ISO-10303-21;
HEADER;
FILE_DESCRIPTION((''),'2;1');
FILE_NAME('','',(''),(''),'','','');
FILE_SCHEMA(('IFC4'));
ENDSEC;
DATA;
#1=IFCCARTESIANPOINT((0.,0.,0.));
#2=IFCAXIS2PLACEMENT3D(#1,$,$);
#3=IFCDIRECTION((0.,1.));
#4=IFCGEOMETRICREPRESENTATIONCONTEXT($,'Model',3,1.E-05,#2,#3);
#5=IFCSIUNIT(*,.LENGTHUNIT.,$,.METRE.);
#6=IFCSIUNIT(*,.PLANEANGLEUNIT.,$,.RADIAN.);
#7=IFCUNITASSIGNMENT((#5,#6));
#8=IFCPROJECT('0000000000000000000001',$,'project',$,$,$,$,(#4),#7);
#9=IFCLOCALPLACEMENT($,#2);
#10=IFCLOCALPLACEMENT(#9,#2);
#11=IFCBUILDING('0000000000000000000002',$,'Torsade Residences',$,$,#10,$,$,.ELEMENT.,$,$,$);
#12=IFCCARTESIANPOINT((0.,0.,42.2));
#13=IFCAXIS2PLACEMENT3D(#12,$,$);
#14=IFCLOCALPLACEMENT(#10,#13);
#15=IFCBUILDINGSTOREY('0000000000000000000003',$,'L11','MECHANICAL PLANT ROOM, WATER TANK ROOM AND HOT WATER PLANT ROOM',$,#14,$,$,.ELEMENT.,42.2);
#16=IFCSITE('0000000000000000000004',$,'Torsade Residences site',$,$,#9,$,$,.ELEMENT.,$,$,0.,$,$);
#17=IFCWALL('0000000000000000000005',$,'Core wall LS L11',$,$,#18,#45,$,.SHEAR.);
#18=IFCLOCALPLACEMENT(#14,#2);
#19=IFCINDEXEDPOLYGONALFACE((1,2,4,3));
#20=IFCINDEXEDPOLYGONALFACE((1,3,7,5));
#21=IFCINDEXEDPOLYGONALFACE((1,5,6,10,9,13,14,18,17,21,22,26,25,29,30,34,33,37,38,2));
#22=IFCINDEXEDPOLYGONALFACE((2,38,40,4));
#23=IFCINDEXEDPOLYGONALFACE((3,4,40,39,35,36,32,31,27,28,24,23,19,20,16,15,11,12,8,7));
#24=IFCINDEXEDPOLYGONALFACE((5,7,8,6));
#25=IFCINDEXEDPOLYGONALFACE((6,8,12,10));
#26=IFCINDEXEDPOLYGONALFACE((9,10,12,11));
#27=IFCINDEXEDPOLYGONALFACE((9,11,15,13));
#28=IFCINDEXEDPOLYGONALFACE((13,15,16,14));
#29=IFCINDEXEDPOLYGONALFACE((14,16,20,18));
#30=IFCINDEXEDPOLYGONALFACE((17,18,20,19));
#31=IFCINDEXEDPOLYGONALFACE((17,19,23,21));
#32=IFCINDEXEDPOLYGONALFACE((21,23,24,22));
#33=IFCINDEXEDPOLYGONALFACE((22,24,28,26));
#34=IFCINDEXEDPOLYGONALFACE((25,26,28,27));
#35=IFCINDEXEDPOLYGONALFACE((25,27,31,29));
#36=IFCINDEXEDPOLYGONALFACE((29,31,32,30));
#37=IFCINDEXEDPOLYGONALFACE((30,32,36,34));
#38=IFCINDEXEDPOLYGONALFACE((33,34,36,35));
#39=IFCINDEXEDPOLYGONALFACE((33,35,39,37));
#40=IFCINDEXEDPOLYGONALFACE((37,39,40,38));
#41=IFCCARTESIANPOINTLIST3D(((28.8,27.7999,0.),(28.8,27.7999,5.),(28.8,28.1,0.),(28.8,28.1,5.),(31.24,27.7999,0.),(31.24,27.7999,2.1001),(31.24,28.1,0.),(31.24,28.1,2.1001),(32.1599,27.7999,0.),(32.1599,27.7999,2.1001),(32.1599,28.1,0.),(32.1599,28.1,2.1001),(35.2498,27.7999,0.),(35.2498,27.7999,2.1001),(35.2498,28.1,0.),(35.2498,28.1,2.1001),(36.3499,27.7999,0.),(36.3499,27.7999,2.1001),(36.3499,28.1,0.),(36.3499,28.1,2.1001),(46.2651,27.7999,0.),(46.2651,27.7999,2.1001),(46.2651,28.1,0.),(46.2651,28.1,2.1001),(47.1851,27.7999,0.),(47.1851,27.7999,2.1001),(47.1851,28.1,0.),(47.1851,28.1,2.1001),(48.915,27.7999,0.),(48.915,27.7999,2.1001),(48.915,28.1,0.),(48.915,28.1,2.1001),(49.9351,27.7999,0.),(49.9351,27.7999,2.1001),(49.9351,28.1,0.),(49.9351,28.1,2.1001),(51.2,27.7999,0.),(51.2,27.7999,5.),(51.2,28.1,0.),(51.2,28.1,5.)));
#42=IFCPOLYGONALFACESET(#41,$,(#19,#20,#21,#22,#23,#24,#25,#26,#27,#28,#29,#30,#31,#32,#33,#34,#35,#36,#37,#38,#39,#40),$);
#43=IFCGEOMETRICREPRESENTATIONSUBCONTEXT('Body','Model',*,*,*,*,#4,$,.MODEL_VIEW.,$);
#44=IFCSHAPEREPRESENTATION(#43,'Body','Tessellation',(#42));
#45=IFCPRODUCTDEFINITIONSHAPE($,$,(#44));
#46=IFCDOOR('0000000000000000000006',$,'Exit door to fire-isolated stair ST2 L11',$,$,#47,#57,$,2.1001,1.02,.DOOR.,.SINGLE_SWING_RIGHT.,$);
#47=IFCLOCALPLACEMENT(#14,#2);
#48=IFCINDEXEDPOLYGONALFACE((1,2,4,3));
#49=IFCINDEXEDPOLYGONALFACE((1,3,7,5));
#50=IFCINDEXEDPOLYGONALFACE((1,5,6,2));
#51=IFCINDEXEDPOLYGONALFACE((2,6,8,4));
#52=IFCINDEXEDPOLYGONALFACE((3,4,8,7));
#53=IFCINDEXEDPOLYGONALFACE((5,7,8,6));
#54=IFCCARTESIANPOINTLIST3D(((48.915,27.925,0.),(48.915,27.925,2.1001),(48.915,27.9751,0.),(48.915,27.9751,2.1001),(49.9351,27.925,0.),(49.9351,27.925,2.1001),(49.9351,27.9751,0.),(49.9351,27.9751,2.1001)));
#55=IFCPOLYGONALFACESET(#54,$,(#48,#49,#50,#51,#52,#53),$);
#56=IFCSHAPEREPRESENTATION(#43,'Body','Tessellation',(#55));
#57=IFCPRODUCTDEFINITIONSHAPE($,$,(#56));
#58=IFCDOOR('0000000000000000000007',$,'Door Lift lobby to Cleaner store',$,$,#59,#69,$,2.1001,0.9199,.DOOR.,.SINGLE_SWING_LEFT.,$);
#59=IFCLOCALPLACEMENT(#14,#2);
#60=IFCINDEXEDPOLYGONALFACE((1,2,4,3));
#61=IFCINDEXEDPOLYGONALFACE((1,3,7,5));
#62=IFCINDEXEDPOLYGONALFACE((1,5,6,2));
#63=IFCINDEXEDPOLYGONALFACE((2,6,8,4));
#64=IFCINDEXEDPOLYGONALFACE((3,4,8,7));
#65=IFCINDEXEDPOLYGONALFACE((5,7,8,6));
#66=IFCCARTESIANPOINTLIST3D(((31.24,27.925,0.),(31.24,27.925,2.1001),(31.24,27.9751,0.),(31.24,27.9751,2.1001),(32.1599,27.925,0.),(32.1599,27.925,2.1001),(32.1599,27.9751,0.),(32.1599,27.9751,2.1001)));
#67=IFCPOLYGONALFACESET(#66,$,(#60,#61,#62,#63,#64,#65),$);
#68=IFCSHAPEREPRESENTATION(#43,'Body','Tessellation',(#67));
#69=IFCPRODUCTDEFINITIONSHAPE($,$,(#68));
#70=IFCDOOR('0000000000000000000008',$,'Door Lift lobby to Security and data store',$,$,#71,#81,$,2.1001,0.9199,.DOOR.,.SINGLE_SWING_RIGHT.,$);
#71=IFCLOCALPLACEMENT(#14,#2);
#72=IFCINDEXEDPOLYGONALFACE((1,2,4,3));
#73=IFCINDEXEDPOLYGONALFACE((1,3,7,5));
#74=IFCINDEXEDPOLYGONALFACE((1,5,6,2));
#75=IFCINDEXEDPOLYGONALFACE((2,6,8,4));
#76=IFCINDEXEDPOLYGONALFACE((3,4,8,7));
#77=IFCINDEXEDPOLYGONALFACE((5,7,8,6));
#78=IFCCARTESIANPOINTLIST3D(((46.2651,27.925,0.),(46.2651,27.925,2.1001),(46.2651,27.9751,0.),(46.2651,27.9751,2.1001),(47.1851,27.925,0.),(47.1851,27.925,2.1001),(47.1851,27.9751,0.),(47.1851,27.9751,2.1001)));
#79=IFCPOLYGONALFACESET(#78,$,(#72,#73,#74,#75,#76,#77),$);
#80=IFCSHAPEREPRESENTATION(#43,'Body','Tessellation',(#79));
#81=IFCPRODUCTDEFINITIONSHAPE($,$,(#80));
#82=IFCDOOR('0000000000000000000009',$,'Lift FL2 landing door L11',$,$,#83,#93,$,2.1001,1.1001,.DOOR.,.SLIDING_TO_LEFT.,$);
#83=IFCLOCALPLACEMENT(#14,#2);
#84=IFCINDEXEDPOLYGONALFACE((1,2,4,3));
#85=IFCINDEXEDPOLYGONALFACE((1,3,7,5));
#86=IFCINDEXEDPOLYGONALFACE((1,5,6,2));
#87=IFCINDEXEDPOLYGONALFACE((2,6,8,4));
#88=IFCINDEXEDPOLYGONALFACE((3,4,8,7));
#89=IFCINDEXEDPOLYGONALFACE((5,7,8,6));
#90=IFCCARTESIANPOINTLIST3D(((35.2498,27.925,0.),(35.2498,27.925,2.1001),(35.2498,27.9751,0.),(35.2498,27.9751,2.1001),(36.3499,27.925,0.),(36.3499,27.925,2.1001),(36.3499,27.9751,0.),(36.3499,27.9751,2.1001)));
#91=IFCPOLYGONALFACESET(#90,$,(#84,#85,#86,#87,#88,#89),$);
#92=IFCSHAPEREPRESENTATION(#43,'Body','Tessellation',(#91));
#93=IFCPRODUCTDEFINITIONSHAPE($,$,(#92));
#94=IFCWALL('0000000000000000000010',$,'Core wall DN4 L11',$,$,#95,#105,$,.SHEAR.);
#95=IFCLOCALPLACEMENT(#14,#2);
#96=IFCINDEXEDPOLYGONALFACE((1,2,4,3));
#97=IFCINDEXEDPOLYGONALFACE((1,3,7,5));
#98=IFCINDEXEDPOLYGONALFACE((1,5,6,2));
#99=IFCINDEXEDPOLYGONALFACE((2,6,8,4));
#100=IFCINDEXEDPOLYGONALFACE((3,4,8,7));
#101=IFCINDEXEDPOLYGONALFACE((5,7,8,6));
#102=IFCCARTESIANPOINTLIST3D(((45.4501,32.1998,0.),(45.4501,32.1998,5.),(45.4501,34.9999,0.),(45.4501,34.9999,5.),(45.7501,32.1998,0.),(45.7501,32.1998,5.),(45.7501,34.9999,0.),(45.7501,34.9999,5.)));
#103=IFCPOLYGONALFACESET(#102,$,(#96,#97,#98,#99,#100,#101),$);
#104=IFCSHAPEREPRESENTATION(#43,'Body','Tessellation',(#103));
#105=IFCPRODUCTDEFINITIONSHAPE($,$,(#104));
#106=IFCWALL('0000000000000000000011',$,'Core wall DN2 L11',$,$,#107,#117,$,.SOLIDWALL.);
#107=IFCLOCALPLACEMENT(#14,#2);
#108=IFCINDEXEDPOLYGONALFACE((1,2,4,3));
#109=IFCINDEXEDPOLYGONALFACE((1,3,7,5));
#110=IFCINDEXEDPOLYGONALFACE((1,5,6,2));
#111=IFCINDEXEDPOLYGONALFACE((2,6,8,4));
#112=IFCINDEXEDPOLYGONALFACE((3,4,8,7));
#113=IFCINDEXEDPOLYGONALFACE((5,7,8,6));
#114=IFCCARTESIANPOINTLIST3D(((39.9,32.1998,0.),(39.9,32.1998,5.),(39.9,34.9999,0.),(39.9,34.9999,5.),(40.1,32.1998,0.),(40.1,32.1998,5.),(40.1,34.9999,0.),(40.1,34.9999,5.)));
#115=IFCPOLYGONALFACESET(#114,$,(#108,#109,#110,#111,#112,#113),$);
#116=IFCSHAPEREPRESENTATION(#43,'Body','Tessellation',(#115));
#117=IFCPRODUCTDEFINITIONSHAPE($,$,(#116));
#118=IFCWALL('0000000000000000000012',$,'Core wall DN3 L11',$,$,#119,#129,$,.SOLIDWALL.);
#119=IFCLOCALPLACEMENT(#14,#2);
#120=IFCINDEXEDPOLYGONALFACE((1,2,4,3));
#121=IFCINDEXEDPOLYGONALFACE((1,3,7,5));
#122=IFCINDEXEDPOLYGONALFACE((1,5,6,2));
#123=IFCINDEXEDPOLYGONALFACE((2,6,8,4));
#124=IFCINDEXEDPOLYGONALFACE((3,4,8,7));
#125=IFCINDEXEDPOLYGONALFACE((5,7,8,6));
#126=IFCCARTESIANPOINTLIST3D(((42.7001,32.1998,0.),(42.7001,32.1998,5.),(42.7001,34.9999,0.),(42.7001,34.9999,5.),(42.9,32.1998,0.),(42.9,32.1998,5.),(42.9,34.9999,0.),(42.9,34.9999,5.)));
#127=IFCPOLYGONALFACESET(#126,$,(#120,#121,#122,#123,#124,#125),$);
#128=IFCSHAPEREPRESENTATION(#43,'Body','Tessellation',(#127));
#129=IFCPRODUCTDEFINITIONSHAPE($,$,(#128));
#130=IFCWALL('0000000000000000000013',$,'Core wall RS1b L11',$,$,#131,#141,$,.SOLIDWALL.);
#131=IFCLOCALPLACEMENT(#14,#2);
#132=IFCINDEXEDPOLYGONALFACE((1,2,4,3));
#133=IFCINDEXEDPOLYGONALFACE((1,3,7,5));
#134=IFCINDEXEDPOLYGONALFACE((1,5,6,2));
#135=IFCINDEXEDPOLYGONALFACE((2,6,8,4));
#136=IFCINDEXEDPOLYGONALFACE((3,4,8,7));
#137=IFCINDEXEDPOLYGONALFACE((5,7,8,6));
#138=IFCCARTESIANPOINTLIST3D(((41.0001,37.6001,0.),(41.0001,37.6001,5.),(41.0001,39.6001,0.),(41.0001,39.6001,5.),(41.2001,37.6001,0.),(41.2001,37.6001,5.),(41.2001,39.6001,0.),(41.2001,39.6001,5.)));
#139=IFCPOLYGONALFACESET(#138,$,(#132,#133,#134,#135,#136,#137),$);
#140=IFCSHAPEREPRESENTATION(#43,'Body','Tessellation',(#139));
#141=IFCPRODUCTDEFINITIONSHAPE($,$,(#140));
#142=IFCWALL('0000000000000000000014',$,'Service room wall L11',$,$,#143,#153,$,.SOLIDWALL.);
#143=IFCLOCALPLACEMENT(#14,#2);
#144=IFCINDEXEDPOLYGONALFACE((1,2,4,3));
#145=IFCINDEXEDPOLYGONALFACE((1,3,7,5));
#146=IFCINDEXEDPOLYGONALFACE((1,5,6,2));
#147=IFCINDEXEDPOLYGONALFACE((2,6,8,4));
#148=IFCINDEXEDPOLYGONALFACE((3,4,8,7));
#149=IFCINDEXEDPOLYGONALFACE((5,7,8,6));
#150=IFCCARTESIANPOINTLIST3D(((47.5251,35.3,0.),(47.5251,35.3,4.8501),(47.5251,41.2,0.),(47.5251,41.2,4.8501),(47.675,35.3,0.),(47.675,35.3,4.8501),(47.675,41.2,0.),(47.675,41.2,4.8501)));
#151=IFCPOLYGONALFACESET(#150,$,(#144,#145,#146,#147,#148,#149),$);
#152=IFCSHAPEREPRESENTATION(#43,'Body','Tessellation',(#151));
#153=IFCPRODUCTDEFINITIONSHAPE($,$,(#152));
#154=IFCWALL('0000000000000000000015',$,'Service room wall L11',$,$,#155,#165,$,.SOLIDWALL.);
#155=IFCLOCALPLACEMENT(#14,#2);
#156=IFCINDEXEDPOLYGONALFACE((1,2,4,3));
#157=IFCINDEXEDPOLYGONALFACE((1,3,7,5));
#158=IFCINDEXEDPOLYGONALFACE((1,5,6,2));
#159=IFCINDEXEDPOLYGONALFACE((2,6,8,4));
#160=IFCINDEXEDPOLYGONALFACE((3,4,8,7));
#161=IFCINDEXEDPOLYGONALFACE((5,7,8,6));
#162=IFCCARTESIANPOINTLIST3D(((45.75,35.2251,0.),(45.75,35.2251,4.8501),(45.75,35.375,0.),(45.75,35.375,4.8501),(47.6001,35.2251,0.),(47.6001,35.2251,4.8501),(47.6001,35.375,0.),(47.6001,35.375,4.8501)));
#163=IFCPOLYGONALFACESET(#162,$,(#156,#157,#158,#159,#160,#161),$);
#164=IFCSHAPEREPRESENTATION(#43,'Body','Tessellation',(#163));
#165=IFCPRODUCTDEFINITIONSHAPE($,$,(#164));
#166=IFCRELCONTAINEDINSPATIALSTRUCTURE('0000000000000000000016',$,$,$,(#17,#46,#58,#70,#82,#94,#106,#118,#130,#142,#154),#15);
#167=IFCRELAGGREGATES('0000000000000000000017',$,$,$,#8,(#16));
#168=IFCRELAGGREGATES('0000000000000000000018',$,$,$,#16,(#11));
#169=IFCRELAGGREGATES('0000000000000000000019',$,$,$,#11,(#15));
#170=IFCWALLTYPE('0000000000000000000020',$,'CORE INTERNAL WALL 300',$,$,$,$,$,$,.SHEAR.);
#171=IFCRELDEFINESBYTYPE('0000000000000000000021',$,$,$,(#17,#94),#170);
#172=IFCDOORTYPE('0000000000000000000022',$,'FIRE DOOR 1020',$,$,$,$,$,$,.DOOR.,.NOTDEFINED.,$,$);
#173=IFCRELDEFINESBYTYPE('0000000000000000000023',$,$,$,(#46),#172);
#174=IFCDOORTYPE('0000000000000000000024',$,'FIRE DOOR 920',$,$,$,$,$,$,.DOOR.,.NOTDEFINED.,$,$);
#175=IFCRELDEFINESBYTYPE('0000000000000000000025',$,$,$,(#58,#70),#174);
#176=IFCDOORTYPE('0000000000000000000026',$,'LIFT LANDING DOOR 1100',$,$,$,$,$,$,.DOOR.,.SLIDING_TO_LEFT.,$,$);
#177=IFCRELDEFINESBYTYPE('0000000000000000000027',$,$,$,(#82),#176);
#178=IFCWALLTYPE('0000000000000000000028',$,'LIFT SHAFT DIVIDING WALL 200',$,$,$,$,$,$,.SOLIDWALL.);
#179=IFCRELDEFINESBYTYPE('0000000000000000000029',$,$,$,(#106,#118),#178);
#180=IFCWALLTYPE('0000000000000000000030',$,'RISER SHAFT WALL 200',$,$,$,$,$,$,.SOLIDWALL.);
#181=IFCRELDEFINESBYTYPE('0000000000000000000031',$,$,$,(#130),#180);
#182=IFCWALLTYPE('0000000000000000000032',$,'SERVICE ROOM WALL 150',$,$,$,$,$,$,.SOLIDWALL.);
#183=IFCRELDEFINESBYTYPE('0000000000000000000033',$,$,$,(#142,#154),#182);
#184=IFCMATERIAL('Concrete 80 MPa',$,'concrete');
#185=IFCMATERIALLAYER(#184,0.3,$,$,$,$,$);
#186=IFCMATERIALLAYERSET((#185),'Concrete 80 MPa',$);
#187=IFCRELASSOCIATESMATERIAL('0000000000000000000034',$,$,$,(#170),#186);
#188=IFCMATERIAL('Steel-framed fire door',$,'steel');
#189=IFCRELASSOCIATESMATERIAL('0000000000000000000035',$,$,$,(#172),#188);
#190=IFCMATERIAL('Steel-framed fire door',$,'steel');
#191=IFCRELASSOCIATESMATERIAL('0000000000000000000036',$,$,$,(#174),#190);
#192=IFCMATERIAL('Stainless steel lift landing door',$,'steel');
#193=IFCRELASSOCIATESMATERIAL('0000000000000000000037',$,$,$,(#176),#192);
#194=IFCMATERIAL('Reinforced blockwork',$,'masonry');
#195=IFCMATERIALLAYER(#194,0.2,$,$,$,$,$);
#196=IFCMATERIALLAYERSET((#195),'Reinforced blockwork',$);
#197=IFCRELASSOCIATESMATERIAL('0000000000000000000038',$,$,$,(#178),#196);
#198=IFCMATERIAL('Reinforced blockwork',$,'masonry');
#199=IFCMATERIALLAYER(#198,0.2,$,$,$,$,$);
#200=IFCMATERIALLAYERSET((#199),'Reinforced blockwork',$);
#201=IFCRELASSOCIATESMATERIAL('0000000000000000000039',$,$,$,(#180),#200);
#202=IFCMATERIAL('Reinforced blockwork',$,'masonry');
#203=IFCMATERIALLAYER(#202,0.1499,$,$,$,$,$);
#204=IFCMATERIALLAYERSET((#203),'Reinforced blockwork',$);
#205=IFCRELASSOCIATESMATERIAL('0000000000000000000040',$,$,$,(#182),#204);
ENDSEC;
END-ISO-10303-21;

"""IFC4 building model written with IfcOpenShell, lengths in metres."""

from ifc_helpers import new_model, si_unit, direction, frame, frame_2d, origin, place, context, subcontext, project, spatial, rectangle, extrude, material, layer, layer_set, type_object, element, fill, save


model = new_model("IFC4")

# Units and contexts
model_context = context("Model", 3, precision=1e-05, world=origin(), true_north=direction((0.0, 1.0)))
body_context = subcontext(model_context, "Body", "Model", "MODEL_VIEW")
ifc_project = project(units=[si_unit("LENGTHUNIT", "METRE"), si_unit("PLANEANGLEUNIT", "RADIAN")], contexts=[model_context])

# Site, building, storey
site_placement = place(None, origin())
site = spatial("IfcSite", under=ifc_project, at=site_placement, Name="Torsade Residences site", CompositionType="ELEMENT", RefElevation=0.0)
building_placement = place(site_placement, origin())
building = spatial("IfcBuilding", under=site, at=building_placement, Name="Torsade Residences", CompositionType="ELEMENT")
storey_placement = place(building_placement, frame((0.0, 0.0, 42.2)))
storey = spatial("IfcBuildingStorey", under=building, at=storey_placement, Name="L11", Description="MECHANICAL PLANT ROOM, WATER TANK ROOM AND HOT WATER PLANT ROOM", CompositionType="ELEMENT", Elevation=42.2)

# Wall, openings, doors
ifc_material_1 = material(Name="Concrete 80 MPa", Category="concrete")
ifc_layer_1 = layer(ifc_material_1, 0.3)
ifc_layer_set_1 = layer_set([ifc_layer_1], Name="Concrete 80 MPa")
wall_type_1 = type_object("IfcWallType", Name="CORE INTERNAL WALL 300", PredefinedType="SHEAR", material=ifc_layer_set_1)
wall_1_placement = place(storey_placement, frame((51.2, 27.95, 0.0), z_axis=(0.0, 0.0, 1.0), x_axis=(-1.0, 0.0, 0.0)))
wall_1 = element("IfcWall", 1, at=wall_1_placement, inside=storey, type_object=wall_type_1, Name="Core wall LS L11", PredefinedType="SHEAR", context=body_context, shape_type="SweptSolid", body=[
    extrude(rectangle(XDim=22.3999, YDim=0.3, at=frame_2d((11.2, 0.0))), origin(), (0.0, 0.0, 1.0), 5.0),
])
opening_1_placement = place(wall_1_placement, frame((19.04, 0.0, 0.0)))
opening_1 = element("IfcOpeningElement", 2, at=opening_1_placement, cuts=wall_1, PredefinedType="OPENING", context=body_context, shape_type="SweptSolid", body=[
    extrude(rectangle(XDim=0.9199, YDim=2.1001, at=frame_2d((0.46, 1.05))), frame((0.0, 0.1599, 0.0), z_axis=(0.0, -1.0, 0.0), x_axis=(1.0, 0.0, 0.0)), (0.0, 0.0, 1.0), 0.3201),
])
opening_2_placement = place(wall_1_placement, frame((1.2649, 0.0, 0.0)))
opening_2 = element("IfcOpeningElement", 3, at=opening_2_placement, cuts=wall_1, PredefinedType="OPENING", context=body_context, shape_type="SweptSolid", body=[
    extrude(rectangle(XDim=1.02, YDim=2.1001, at=frame_2d((0.51, 1.05))), frame((0.0, 0.1599, 0.0), z_axis=(0.0, -1.0, 0.0), x_axis=(1.0, 0.0, 0.0)), (0.0, 0.0, 1.0), 0.3201),
])
opening_3_placement = place(wall_1_placement, frame((4.0149, 0.0, 0.0)))
opening_3 = element("IfcOpeningElement", 4, at=opening_3_placement, cuts=wall_1, PredefinedType="OPENING", context=body_context, shape_type="SweptSolid", body=[
    extrude(rectangle(XDim=0.9199, YDim=2.1001, at=frame_2d((0.46, 1.05))), frame((0.0, 0.1599, 0.0), z_axis=(0.0, -1.0, 0.0), x_axis=(1.0, 0.0, 0.0)), (0.0, 0.0, 1.0), 0.3201),
])
opening_4_placement = place(wall_1_placement, frame((14.8501, 0.0, 0.0)))
opening_4 = element("IfcOpeningElement", 5, at=opening_4_placement, cuts=wall_1, PredefinedType="OPENING", context=body_context, shape_type="SweptSolid", body=[
    extrude(rectangle(XDim=1.1001, YDim=2.1001, at=frame_2d((0.55, 1.05))), frame((0.0, 0.1599, 0.0), z_axis=(0.0, -1.0, 0.0), x_axis=(1.0, 0.0, 0.0)), (0.0, 0.0, 1.0), 0.3201),
])
ifc_material_2 = material(Name="Steel-framed fire door", Category="steel")
door_type_1 = type_object("IfcDoorType", Name="FIRE DOOR 1020", OperationType="NOTDEFINED", PredefinedType="DOOR", material=ifc_material_2)
door_1_placement = place(opening_2_placement, origin())
door_1 = element("IfcDoor", 6, at=door_1_placement, inside=storey, type_object=door_type_1, Name="Exit door to fire-isolated stair ST2 L11", OperationType="SINGLE_SWING_RIGHT", OverallHeight=2.1001, OverallWidth=1.02, PredefinedType="DOOR", context=body_context, shape_type="SweptSolid", body=[
    extrude(rectangle(XDim=1.02, YDim=2.1001, at=frame_2d((0.51, 1.05))), frame((0.0, 0.0249, 0.0), z_axis=(0.0, -1.0, 0.0), x_axis=(1.0, 0.0, 0.0)), (0.0, 0.0, 1.0), 0.05),
])
fill(opening_2, door_1)
ifc_material_3 = material(Name="Steel-framed fire door", Category="steel")
door_type_2 = type_object("IfcDoorType", Name="FIRE DOOR 920", OperationType="NOTDEFINED", PredefinedType="DOOR", material=ifc_material_3)
door_2_placement = place(opening_1_placement, origin())
door_2 = element("IfcDoor", 7, at=door_2_placement, inside=storey, type_object=door_type_2, Name="Door Lift lobby to Cleaner store", OperationType="SINGLE_SWING_LEFT", OverallHeight=2.1001, OverallWidth=0.9199, PredefinedType="DOOR", context=body_context, shape_type="SweptSolid", body=[
    extrude(rectangle(XDim=0.9199, YDim=2.1001, at=frame_2d((0.46, 1.05))), frame((0.0, 0.0249, 0.0), z_axis=(0.0, -1.0, 0.0), x_axis=(1.0, 0.0, 0.0)), (0.0, 0.0, 1.0), 0.05),
])
fill(opening_1, door_2)
door_3_placement = place(opening_3_placement, origin())
door_3 = element("IfcDoor", 8, at=door_3_placement, inside=storey, type_object=door_type_2, Name="Door Lift lobby to Security and data store", OperationType="SINGLE_SWING_RIGHT", OverallHeight=2.1001, OverallWidth=0.9199, PredefinedType="DOOR", context=body_context, shape_type="SweptSolid", body=[
    extrude(rectangle(XDim=0.9199, YDim=2.1001, at=frame_2d((0.46, 1.05))), frame((0.0, 0.0249, 0.0), z_axis=(0.0, -1.0, 0.0), x_axis=(1.0, 0.0, 0.0)), (0.0, 0.0, 1.0), 0.05),
])
fill(opening_3, door_3)
ifc_material_4 = material(Name="Stainless steel lift landing door", Category="steel")
door_type_3 = type_object("IfcDoorType", Name="LIFT LANDING DOOR 1100", OperationType="SLIDING_TO_LEFT", PredefinedType="DOOR", material=ifc_material_4)
door_4_placement = place(opening_4_placement, origin())
door_4 = element("IfcDoor", 9, at=door_4_placement, inside=storey, type_object=door_type_3, Name="Lift FL2 landing door L11", OperationType="SLIDING_TO_LEFT", OverallHeight=2.1001, OverallWidth=1.1001, PredefinedType="DOOR", context=body_context, shape_type="SweptSolid", body=[
    extrude(rectangle(XDim=1.1001, YDim=2.1001, at=frame_2d((0.55, 1.05))), frame((0.0, 0.0249, 0.0), z_axis=(0.0, -1.0, 0.0), x_axis=(1.0, 0.0, 0.0)), (0.0, 0.0, 1.0), 0.05),
])
fill(opening_4, door_4)

# Walls
wall_2_placement = place(storey_placement, frame((45.6001, 32.2, 0.0), z_axis=(0.0, 0.0, 1.0), x_axis=(0.0, 1.0, 0.0)))
element("IfcWall", 10, at=wall_2_placement, inside=storey, type_object=wall_type_1, Name="Core wall DN4 L11", PredefinedType="SHEAR", context=body_context, shape_type="SweptSolid", body=[
    extrude(rectangle(XDim=2.8, YDim=0.3, at=frame_2d((1.3999, 0.0))), origin(), (0.0, 0.0, 1.0), 5.0),
])
ifc_material_5 = material(Name="Reinforced blockwork", Category="masonry")
ifc_layer_2 = layer(ifc_material_5, 0.2)
ifc_layer_set_2 = layer_set([ifc_layer_2], Name="Reinforced blockwork")
wall_type_2 = type_object("IfcWallType", Name="LIFT SHAFT DIVIDING WALL 200", PredefinedType="SOLIDWALL", material=ifc_layer_set_2)
for number, where, z_axis, x_axis, name in (
    (11, (40.0, 32.2, 0.0), (0.0, 0.0, 1.0), (0.0, 1.0, 0.0), "Core wall DN2 L11"),
    (12, (42.8, 32.2, 0.0), (0.0, 0.0, 1.0), (0.0, 1.0, 0.0), "Core wall DN3 L11"),
):
    element("IfcWall", number, at=place(storey_placement, frame(where, z_axis=z_axis, x_axis=x_axis)), inside=storey, type_object=wall_type_2, Name=name, PredefinedType="SOLIDWALL", context=body_context, shape_type="SweptSolid", body=[
        extrude(rectangle(XDim=2.8, YDim=0.2, at=frame_2d((1.3999, 0.0))), origin(), (0.0, 0.0, 1.0), 5.0),
    ])
ifc_material_6 = material(Name="Reinforced blockwork", Category="masonry")
ifc_layer_3 = layer(ifc_material_6, 0.2)
ifc_layer_set_3 = layer_set([ifc_layer_3], Name="Reinforced blockwork")
wall_type_3 = type_object("IfcWallType", Name="RISER SHAFT WALL 200", PredefinedType="SOLIDWALL", material=ifc_layer_set_3)
wall_3_placement = place(storey_placement, frame((41.1001, 37.6001, 0.0), z_axis=(0.0, 0.0, 1.0), x_axis=(0.0, 1.0, 0.0)))
element("IfcWall", 13, at=wall_3_placement, inside=storey, type_object=wall_type_3, Name="Core wall RS1b L11", PredefinedType="SOLIDWALL", context=body_context, shape_type="SweptSolid", body=[
    extrude(rectangle(XDim=2.0, YDim=0.2, at=frame_2d((1.0, 0.0))), origin(), (0.0, 0.0, 1.0), 5.0),
])
ifc_material_7 = material(Name="Reinforced blockwork", Category="masonry")
ifc_layer_4 = layer(ifc_material_7, 0.1499)
ifc_layer_set_4 = layer_set([ifc_layer_4], Name="Reinforced blockwork")
wall_type_4 = type_object("IfcWallType", Name="SERVICE ROOM WALL 150", PredefinedType="SOLIDWALL", material=ifc_layer_set_4)
wall_4_placement = place(storey_placement, frame((47.6001, 41.2, 0.0), z_axis=(0.0, 0.0, 1.0), x_axis=(0.0, -1.0, 0.0)))
element("IfcWall", 14, at=wall_4_placement, inside=storey, type_object=wall_type_4, Name="Service room wall L11", PredefinedType="SOLIDWALL", context=body_context, shape_type="SweptSolid", body=[
    extrude(rectangle(XDim=5.8999, YDim=0.1499, at=frame_2d((2.95, 0.0))), origin(), (0.0, 0.0, 1.0), 4.8501),
])
wall_5_placement = place(storey_placement, frame((47.6001, 35.3, 0.0), z_axis=(0.0, 0.0, 1.0), x_axis=(-1.0, 0.0, 0.0)))
element("IfcWall", 15, at=wall_5_placement, inside=storey, type_object=wall_type_4, Name="Service room wall L11", PredefinedType="SOLIDWALL", context=body_context, shape_type="SweptSolid", body=[
    extrude(rectangle(XDim=1.8501, YDim=0.1499, at=frame_2d((0.925, 0.0))), origin(), (0.0, 0.0, 1.0), 4.8501),
])

save(model, "model.ifc")
